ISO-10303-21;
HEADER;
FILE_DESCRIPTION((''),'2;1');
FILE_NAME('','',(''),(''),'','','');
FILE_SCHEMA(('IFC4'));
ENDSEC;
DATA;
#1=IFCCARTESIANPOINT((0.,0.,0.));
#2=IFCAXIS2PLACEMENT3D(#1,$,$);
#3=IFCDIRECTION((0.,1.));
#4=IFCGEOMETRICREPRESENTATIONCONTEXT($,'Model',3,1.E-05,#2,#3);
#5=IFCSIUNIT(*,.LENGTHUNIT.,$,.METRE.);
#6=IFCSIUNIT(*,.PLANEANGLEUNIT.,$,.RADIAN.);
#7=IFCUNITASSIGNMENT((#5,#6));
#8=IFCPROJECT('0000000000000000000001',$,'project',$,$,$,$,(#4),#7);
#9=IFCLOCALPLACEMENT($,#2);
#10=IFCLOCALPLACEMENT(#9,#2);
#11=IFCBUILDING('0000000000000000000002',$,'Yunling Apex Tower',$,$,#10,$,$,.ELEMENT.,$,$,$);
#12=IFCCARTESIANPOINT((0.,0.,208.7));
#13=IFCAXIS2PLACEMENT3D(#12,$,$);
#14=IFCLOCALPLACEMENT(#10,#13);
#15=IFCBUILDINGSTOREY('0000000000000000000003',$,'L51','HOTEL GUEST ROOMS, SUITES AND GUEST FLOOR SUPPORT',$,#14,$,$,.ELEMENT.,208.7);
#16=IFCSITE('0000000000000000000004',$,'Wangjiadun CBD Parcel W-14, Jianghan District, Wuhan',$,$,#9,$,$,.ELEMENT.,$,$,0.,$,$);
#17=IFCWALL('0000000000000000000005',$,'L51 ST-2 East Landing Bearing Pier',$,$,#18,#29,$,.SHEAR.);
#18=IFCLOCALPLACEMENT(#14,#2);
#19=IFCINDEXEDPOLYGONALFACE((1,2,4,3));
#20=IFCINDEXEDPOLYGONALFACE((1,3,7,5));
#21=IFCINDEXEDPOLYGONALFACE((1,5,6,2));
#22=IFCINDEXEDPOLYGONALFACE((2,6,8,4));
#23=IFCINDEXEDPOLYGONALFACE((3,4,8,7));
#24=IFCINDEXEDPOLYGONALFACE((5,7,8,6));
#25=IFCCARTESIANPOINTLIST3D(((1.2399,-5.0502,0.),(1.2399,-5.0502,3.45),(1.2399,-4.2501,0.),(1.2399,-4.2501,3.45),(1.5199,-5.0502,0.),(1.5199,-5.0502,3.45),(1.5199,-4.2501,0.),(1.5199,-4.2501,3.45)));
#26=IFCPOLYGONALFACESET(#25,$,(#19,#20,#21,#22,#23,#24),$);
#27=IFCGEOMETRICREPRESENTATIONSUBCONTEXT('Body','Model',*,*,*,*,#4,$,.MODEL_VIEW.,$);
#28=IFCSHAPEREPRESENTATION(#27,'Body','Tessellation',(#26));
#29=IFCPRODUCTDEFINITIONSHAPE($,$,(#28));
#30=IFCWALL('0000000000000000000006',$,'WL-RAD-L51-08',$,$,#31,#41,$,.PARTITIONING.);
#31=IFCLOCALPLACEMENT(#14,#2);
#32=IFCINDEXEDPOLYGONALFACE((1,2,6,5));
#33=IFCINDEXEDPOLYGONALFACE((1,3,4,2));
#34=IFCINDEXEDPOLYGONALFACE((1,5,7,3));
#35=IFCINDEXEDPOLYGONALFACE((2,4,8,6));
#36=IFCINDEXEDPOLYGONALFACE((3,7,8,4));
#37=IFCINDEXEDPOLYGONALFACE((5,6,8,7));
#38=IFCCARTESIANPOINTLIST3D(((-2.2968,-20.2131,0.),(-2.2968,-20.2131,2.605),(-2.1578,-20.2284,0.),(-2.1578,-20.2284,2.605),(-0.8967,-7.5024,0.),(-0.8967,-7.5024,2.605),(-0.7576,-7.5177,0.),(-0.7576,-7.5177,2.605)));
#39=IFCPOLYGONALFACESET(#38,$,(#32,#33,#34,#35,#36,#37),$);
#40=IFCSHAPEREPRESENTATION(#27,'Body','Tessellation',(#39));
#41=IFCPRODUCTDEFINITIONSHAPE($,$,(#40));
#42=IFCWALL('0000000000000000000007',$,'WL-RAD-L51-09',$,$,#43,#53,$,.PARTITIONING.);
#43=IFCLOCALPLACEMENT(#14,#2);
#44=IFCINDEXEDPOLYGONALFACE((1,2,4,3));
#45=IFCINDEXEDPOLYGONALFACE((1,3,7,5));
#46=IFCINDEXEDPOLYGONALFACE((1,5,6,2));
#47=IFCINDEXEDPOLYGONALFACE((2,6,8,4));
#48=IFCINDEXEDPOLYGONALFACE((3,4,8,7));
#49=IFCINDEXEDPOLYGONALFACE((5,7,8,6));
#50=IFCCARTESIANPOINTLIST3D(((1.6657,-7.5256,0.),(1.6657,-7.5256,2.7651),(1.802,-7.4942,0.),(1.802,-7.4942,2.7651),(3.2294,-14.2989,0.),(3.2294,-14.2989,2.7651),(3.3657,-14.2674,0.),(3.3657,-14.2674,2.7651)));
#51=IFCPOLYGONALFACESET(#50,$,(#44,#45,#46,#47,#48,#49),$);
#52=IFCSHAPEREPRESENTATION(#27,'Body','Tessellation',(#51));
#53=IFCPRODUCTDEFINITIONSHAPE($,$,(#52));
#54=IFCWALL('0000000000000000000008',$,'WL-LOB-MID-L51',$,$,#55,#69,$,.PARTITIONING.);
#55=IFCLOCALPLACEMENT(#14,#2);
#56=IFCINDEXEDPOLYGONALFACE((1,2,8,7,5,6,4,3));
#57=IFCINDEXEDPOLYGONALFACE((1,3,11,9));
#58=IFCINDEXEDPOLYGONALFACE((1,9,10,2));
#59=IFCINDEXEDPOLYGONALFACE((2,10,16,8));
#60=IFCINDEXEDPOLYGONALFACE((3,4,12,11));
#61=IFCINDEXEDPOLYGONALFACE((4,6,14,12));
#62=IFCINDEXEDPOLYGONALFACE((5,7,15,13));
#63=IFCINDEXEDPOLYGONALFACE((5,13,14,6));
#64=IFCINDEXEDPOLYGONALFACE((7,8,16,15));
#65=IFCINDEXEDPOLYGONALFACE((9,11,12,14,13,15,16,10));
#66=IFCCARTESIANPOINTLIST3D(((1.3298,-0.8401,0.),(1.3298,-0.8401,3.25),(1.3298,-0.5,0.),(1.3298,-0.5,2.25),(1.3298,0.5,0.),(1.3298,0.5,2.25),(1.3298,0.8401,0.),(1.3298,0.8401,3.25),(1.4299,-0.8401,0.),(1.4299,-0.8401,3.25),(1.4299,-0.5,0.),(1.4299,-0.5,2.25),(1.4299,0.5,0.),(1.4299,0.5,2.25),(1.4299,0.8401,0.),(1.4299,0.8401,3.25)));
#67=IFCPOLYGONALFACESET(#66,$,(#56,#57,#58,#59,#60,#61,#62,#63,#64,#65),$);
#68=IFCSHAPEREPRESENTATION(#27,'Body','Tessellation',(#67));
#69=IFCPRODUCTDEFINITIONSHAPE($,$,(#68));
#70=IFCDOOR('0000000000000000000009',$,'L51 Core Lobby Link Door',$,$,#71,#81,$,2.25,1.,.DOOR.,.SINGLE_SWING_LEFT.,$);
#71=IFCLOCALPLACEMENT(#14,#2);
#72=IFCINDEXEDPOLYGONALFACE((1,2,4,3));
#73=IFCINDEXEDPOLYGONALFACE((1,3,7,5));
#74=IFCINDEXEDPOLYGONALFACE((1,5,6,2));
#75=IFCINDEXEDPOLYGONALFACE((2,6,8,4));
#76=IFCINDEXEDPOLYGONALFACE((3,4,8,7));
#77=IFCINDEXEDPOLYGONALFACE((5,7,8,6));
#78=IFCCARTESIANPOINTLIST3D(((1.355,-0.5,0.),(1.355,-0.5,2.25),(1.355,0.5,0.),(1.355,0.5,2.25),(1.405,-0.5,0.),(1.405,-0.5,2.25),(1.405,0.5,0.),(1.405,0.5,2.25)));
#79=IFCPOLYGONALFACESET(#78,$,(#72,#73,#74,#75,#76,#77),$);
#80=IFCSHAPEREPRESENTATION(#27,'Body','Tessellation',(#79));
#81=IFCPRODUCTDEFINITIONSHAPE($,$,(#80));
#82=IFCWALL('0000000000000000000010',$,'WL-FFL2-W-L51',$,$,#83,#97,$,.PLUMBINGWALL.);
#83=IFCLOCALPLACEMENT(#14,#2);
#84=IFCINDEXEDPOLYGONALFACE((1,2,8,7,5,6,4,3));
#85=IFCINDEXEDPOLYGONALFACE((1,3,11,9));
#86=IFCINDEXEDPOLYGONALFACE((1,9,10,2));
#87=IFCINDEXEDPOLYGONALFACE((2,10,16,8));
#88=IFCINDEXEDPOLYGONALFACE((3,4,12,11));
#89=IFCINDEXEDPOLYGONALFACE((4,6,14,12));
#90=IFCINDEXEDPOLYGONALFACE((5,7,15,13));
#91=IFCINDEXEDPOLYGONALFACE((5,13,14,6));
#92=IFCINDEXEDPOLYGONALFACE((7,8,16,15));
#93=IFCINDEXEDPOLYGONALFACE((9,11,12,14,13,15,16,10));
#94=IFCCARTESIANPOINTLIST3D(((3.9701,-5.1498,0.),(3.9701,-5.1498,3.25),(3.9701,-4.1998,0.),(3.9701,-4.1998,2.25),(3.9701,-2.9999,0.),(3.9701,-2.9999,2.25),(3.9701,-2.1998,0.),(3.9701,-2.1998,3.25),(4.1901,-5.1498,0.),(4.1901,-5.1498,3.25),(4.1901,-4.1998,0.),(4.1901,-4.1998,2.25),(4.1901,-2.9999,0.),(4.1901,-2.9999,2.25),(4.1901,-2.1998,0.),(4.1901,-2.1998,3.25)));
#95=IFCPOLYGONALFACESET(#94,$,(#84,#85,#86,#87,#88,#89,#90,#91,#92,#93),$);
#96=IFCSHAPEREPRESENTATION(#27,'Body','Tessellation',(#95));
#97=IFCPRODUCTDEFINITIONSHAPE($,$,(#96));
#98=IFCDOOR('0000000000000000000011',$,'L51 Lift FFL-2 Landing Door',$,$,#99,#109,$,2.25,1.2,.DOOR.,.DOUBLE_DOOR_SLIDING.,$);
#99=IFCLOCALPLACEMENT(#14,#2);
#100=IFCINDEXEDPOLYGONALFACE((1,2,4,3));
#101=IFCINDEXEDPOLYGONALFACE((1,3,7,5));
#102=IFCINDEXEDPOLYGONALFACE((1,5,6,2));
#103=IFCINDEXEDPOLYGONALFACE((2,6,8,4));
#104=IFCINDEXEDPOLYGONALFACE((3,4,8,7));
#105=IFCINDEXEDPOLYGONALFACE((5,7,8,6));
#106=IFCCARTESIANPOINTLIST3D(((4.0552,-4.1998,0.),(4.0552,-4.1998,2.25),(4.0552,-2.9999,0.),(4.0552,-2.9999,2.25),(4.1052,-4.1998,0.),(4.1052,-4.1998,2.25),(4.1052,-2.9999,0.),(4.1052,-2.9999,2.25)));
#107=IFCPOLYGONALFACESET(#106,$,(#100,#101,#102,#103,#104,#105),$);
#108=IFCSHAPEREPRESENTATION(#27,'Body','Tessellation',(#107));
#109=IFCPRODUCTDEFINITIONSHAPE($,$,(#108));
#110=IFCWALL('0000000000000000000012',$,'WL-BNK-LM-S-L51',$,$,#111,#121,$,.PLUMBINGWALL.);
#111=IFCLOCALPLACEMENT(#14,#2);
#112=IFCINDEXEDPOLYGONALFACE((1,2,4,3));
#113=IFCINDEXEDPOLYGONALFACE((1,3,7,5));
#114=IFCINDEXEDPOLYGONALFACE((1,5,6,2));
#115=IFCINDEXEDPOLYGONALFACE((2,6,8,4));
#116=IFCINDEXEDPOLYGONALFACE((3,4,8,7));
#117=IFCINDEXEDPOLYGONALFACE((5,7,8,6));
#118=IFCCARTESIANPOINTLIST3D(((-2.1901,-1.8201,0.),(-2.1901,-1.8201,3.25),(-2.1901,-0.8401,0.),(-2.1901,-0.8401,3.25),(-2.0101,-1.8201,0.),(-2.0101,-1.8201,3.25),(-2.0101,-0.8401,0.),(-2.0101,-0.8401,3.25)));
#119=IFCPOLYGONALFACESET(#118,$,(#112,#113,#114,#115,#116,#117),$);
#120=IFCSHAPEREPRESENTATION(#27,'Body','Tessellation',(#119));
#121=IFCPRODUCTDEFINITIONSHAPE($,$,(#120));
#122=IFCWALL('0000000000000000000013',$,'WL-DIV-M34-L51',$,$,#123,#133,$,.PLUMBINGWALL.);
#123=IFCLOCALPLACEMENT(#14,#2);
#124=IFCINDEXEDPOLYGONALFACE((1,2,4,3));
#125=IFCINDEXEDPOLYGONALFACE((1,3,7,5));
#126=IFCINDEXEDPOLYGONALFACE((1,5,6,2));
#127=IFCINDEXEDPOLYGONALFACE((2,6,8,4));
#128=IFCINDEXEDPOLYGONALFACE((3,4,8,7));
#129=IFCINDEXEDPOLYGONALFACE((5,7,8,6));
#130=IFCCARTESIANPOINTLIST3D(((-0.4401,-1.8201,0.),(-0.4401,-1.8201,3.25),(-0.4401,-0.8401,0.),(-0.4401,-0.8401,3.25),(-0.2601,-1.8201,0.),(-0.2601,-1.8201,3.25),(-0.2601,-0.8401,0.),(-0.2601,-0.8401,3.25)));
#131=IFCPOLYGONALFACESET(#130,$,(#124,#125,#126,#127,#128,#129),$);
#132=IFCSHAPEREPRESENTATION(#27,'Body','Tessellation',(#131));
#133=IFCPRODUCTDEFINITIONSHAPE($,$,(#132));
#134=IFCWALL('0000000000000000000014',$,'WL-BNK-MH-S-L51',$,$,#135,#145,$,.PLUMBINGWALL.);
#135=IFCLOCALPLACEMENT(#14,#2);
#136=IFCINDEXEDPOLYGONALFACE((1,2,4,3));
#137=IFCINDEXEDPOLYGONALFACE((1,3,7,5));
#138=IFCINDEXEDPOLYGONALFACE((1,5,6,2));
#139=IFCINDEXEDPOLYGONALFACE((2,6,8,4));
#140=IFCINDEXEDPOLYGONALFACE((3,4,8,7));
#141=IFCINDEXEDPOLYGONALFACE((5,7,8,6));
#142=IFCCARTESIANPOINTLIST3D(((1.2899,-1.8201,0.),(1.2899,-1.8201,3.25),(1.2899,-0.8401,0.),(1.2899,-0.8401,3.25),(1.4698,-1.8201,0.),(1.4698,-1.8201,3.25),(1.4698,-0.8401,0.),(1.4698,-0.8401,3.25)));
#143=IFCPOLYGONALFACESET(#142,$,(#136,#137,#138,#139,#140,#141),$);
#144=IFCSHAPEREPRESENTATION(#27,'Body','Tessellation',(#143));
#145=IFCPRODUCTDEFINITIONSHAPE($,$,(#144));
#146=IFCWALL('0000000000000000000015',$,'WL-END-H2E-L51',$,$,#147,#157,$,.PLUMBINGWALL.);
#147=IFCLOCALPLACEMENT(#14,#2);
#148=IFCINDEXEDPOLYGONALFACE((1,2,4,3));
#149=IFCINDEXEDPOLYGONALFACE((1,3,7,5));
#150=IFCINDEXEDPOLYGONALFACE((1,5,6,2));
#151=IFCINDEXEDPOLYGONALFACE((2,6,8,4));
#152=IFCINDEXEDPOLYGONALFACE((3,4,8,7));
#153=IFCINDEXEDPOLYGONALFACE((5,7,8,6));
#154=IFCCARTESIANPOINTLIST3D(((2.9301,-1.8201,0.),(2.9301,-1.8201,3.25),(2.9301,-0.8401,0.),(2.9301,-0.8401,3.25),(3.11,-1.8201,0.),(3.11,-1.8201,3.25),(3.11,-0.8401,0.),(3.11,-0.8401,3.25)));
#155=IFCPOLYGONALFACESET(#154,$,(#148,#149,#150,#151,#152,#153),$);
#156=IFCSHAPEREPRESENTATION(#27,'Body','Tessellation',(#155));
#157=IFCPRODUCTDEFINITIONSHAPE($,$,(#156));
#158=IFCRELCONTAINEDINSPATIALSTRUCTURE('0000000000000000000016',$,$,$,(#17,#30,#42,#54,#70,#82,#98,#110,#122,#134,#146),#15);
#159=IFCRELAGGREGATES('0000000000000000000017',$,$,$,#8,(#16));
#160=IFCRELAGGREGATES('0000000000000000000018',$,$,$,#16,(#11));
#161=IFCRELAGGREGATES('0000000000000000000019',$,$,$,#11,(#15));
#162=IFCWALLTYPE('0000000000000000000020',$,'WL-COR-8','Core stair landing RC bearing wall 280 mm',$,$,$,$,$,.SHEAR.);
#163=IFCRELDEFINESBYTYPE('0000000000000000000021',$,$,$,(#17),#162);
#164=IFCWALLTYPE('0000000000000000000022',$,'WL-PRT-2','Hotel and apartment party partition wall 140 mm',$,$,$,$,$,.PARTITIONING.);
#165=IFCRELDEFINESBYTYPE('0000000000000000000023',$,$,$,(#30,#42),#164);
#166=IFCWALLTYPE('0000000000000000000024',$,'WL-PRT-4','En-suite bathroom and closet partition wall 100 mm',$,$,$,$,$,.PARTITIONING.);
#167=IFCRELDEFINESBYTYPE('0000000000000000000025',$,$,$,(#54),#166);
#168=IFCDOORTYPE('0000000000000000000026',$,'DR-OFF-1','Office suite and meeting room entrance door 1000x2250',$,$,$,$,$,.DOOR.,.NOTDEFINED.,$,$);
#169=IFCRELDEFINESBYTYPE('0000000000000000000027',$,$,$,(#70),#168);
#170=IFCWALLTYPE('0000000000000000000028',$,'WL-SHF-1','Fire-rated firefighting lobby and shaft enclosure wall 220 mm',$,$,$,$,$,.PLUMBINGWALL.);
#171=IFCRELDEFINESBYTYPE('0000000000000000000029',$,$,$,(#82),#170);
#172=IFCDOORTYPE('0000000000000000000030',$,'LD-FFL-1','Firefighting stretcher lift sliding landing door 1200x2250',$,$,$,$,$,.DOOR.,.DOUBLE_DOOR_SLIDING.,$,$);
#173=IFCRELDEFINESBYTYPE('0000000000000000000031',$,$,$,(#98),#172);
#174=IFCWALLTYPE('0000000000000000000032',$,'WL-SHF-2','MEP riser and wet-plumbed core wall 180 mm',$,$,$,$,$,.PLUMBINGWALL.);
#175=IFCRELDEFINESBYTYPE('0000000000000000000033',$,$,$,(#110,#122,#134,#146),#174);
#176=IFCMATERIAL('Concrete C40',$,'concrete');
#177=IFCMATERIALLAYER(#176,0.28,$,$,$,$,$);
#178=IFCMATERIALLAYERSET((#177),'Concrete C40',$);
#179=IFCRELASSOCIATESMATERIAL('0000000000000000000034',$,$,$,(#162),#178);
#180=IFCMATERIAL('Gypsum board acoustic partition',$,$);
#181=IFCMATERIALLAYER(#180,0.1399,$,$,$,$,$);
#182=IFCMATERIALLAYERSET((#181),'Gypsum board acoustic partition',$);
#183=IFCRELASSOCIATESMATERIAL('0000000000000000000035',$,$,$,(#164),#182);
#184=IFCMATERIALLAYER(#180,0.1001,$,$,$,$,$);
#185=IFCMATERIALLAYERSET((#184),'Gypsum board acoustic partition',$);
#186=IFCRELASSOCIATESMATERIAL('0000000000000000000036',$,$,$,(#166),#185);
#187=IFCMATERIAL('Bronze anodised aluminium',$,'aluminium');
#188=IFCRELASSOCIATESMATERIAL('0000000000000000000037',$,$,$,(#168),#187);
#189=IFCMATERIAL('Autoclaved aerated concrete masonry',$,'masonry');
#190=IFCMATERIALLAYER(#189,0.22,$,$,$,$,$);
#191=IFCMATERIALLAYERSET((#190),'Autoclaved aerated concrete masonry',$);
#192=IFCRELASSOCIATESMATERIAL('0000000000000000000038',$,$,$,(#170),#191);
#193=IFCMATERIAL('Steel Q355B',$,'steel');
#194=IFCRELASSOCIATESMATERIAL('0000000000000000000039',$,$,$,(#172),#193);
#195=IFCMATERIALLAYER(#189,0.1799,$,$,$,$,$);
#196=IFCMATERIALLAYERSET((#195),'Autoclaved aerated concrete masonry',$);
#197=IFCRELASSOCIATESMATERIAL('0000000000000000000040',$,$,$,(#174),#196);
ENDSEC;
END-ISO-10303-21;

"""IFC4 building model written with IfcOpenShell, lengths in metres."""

from ifc_helpers import new_model, si_unit, direction, frame, frame_2d, origin, place, context, subcontext, project, spatial, rectangle, extrude, material, layer, layer_set, type_object, element, fill, save


model = new_model("IFC4")

# Units and contexts
model_context = context("Model", 3, precision=1e-05, world=origin(), true_north=direction((0.0, 1.0)))
body_context = subcontext(model_context, "Body", "Model", "MODEL_VIEW")
ifc_project = project(units=[si_unit("LENGTHUNIT", "METRE"), si_unit("PLANEANGLEUNIT", "RADIAN")], contexts=[model_context])

# Site, building, storey
site_placement = place(None, origin())
site = spatial("IfcSite", under=ifc_project, at=site_placement, Name="Wangjiadun CBD Parcel W-14, Jianghan District, Wuhan", CompositionType="ELEMENT", RefElevation=0.0)
building_placement = place(site_placement, origin())
building = spatial("IfcBuilding", under=site, at=building_placement, Name="Yunling Apex Tower", CompositionType="ELEMENT")
storey_placement = place(building_placement, frame((0.0, 0.0, 208.7)))
storey = spatial("IfcBuildingStorey", under=building, at=storey_placement, Name="L51", Description="HOTEL GUEST ROOMS, SUITES AND GUEST FLOOR SUPPORT", CompositionType="ELEMENT", Elevation=208.7)

# Walls
ifc_material_1 = material(Name="Concrete C40", Category="concrete")
ifc_layer_1 = layer(ifc_material_1, 0.28)
ifc_layer_set_1 = layer_set([ifc_layer_1], Name="Concrete C40")
wall_type_1 = type_object("IfcWallType", Name="WL-COR-8", Description="Core stair landing RC bearing wall 280 mm", PredefinedType="SHEAR", material=ifc_layer_set_1)
wall_1_placement = place(storey_placement, frame((1.3799, -5.05, 0.0), z_axis=(0.0, 0.0, 1.0), x_axis=(0.0, 1.0, 0.0)))
element("IfcWall", 1, at=wall_1_placement, inside=storey, type_object=wall_type_1, Name="L51 ST-2 East Landing Bearing Pier", PredefinedType="SHEAR", context=body_context, shape_type="SweptSolid", body=[
    extrude(rectangle(XDim=0.8, YDim=0.28, at=frame_2d((0.3999, 0.0))), origin(), (0.0, 0.0, 1.0), 3.45),
])
ifc_material_2 = material(Name="Gypsum board acoustic partition")
ifc_layer_2 = layer(ifc_material_2, 0.1399)
ifc_layer_set_2 = layer_set([ifc_layer_2], Name="Gypsum board acoustic partition")
wall_type_2 = type_object("IfcWallType", Name="WL-PRT-2", Description="Hotel and apartment party partition wall 140 mm", PredefinedType="PARTITIONING", material=ifc_layer_set_2)
wall_2_placement = place(storey_placement, frame((-0.8271, -7.51, 0.0), z_axis=(0.0, 0.0, 1.0), x_axis=(-0.109493, -0.993988, 0.0)))
element("IfcWall", 2, at=wall_2_placement, inside=storey, type_object=wall_type_2, Name="WL-RAD-L51-08", PredefinedType="PARTITIONING", context=body_context, shape_type="SweptSolid", body=[
    extrude(rectangle(XDim=12.7876, YDim=0.1399, at=frame_2d((6.3938, 0.0))), origin(), (0.0, 0.0, 1.0), 2.605),
])
wall_3_placement = place(storey_placement, frame((1.7339, -7.51, 0.0), z_axis=(0.0, 0.0, 1.0), x_axis=(0.224952, -0.97437, 0.0)))
element("IfcWall", 3, at=wall_3_placement, inside=storey, type_object=wall_type_2, Name="WL-RAD-L51-09", PredefinedType="PARTITIONING", context=body_context, shape_type="SweptSolid", body=[
    extrude(rectangle(XDim=6.9514, YDim=0.1399, at=frame_2d((3.4756, 0.0))), origin(), (0.0, 0.0, 1.0), 2.7651),
])

# Walls, openings, doors
ifc_layer_3 = layer(ifc_material_2, 0.1001)
ifc_layer_set_3 = layer_set([ifc_layer_3], Name="Gypsum board acoustic partition")
wall_type_3 = type_object("IfcWallType", Name="WL-PRT-4", Description="En-suite bathroom and closet partition wall 100 mm", PredefinedType="PARTITIONING", material=ifc_layer_set_3)
wall_4_placement = place(storey_placement, frame((1.3799, -0.8401, 0.0), z_axis=(0.0, 0.0, 1.0), x_axis=(0.0, 1.0, 0.0)))
wall_4 = element("IfcWall", 4, at=wall_4_placement, inside=storey, type_object=wall_type_3, Name="WL-LOB-MID-L51", PredefinedType="PARTITIONING", context=body_context, shape_type="SweptSolid", body=[
    extrude(rectangle(XDim=1.6802, YDim=0.1001, at=frame_2d((0.8401, 0.0))), origin(), (0.0, 0.0, 1.0), 3.25),
])
opening_1_placement = place(wall_4_placement, frame((0.3401, 0.0, 0.0)))
opening_1 = element("IfcOpeningElement", 5, at=opening_1_placement, cuts=wall_4, PredefinedType="OPENING", context=body_context, shape_type="SweptSolid", body=[
    extrude(rectangle(XDim=1.0, YDim=2.25, at=frame_2d((0.5, 1.125))), frame((0.0, 0.0601, 0.0), z_axis=(0.0, -1.0, 0.0), x_axis=(1.0, 0.0, 0.0)), (0.0, 0.0, 1.0), 0.1201),
])
ifc_material_3 = material(Name="Bronze anodised aluminium", Category="aluminium")
door_type_1 = type_object("IfcDoorType", Name="DR-OFF-1", Description="Office suite and meeting room entrance door 1000x2250", OperationType="NOTDEFINED", PredefinedType="DOOR", material=ifc_material_3)
door_1_placement = place(opening_1_placement, origin())
door_1 = element("IfcDoor", 6, at=door_1_placement, inside=storey, type_object=door_type_1, Name="L51 Core Lobby Link Door", OperationType="SINGLE_SWING_LEFT", OverallHeight=2.25, OverallWidth=1.0, PredefinedType="DOOR", context=body_context, shape_type="SweptSolid", body=[
    extrude(rectangle(XDim=1.0, YDim=2.25, at=frame_2d((0.5, 1.125))), frame((0.0, 0.0249, 0.0), z_axis=(0.0, -1.0, 0.0), x_axis=(1.0, 0.0, 0.0)), (0.0, 0.0, 1.0), 0.05),
])
fill(opening_1, door_1)
ifc_material_4 = material(Name="Autoclaved aerated concrete masonry", Category="masonry")
ifc_layer_4 = layer(ifc_material_4, 0.22)
ifc_layer_set_4 = layer_set([ifc_layer_4], Name="Autoclaved aerated concrete masonry")
wall_type_4 = type_object("IfcWallType", Name="WL-SHF-1", Description="Fire-rated firefighting lobby and shaft enclosure wall 220 mm", PredefinedType="PLUMBINGWALL", material=ifc_layer_set_4)
ifc_material_5 = material(Name="Steel Q355B", Category="steel")
wall_5_placement = place(storey_placement, frame((4.0801, -5.1499, 0.0), z_axis=(0.0, 0.0, 1.0), x_axis=(0.0, 1.0, 0.0)))
wall_5 = element("IfcWall", 7, at=wall_5_placement, inside=storey, type_object=wall_type_4, Name="WL-FFL2-W-L51", PredefinedType="PLUMBINGWALL", context=body_context, shape_type="SweptSolid", body=[
    extrude(rectangle(XDim=2.95, YDim=0.22, at=frame_2d((1.4751, 0.0))), origin(), (0.0, 0.0, 1.0), 3.25),
])
opening_2_placement = place(wall_5_placement, frame((0.95, 0.0, 0.0)))
opening_2 = element("IfcOpeningElement", 8, at=opening_2_placement, cuts=wall_5, PredefinedType="OPENING", context=body_context, shape_type="SweptSolid", body=[
    extrude(rectangle(XDim=1.2, YDim=2.25, at=frame_2d((0.6001, 1.125))), frame((0.0, 0.1201, 0.0), z_axis=(0.0, -1.0, 0.0), x_axis=(1.0, 0.0, 0.0)), (0.0, 0.0, 1.0), 0.24),
])
door_type_2 = type_object("IfcDoorType", Name="LD-FFL-1", Description="Firefighting stretcher lift sliding landing door 1200x2250", OperationType="DOUBLE_DOOR_SLIDING", PredefinedType="DOOR", material=ifc_material_5)
door_2_placement = place(opening_2_placement, origin())
door_2 = element("IfcDoor", 9, at=door_2_placement, inside=storey, type_object=door_type_2, Name="L51 Lift FFL-2 Landing Door", OperationType="DOUBLE_DOOR_SLIDING", OverallHeight=2.25, OverallWidth=1.2, PredefinedType="DOOR", context=body_context, shape_type="SweptSolid", body=[
    extrude(rectangle(XDim=1.2, YDim=2.25, at=frame_2d((0.6001, 1.125))), frame((0.0, 0.0249, 0.0), z_axis=(0.0, -1.0, 0.0), x_axis=(1.0, 0.0, 0.0)), (0.0, 0.0, 1.0), 0.05),
])
fill(opening_2, door_2)

# Walls
ifc_layer_5 = layer(ifc_material_4, 0.1799)
ifc_layer_set_5 = layer_set([ifc_layer_5], Name="Autoclaved aerated concrete masonry")
wall_type_5 = type_object("IfcWallType", Name="WL-SHF-2", Description="MEP riser and wet-plumbed core wall 180 mm", PredefinedType="PLUMBINGWALL", material=ifc_layer_set_5)
for number, where, z_axis, x_axis, name in (
    (10, (-2.1001, -1.8201, 0.0), (0.0, 0.0, 1.0), (0.0, 1.0, 0.0), "WL-BNK-LM-S-L51"),
    (11, (-0.3501, -1.8201, 0.0), (0.0, 0.0, 1.0), (0.0, 1.0, 0.0), "WL-DIV-M34-L51"),
    (12, (1.3799, -1.8201, 0.0), (0.0, 0.0, 1.0), (0.0, 1.0, 0.0), "WL-BNK-MH-S-L51"),
    (13, (3.02, -1.8201, 0.0), (0.0, 0.0, 1.0), (0.0, 1.0, 0.0), "WL-END-H2E-L51"),
):
    element("IfcWall", number, at=place(storey_placement, frame(where, z_axis=z_axis, x_axis=x_axis)), inside=storey, type_object=wall_type_5, Name=name, PredefinedType="PLUMBINGWALL", context=body_context, shape_type="SweptSolid", body=[
        extrude(rectangle(XDim=0.98, YDim=0.1799, at=frame_2d((0.49, 0.0))), origin(), (0.0, 0.0, 1.0), 3.25),
    ])

save(model, "model.ifc")
